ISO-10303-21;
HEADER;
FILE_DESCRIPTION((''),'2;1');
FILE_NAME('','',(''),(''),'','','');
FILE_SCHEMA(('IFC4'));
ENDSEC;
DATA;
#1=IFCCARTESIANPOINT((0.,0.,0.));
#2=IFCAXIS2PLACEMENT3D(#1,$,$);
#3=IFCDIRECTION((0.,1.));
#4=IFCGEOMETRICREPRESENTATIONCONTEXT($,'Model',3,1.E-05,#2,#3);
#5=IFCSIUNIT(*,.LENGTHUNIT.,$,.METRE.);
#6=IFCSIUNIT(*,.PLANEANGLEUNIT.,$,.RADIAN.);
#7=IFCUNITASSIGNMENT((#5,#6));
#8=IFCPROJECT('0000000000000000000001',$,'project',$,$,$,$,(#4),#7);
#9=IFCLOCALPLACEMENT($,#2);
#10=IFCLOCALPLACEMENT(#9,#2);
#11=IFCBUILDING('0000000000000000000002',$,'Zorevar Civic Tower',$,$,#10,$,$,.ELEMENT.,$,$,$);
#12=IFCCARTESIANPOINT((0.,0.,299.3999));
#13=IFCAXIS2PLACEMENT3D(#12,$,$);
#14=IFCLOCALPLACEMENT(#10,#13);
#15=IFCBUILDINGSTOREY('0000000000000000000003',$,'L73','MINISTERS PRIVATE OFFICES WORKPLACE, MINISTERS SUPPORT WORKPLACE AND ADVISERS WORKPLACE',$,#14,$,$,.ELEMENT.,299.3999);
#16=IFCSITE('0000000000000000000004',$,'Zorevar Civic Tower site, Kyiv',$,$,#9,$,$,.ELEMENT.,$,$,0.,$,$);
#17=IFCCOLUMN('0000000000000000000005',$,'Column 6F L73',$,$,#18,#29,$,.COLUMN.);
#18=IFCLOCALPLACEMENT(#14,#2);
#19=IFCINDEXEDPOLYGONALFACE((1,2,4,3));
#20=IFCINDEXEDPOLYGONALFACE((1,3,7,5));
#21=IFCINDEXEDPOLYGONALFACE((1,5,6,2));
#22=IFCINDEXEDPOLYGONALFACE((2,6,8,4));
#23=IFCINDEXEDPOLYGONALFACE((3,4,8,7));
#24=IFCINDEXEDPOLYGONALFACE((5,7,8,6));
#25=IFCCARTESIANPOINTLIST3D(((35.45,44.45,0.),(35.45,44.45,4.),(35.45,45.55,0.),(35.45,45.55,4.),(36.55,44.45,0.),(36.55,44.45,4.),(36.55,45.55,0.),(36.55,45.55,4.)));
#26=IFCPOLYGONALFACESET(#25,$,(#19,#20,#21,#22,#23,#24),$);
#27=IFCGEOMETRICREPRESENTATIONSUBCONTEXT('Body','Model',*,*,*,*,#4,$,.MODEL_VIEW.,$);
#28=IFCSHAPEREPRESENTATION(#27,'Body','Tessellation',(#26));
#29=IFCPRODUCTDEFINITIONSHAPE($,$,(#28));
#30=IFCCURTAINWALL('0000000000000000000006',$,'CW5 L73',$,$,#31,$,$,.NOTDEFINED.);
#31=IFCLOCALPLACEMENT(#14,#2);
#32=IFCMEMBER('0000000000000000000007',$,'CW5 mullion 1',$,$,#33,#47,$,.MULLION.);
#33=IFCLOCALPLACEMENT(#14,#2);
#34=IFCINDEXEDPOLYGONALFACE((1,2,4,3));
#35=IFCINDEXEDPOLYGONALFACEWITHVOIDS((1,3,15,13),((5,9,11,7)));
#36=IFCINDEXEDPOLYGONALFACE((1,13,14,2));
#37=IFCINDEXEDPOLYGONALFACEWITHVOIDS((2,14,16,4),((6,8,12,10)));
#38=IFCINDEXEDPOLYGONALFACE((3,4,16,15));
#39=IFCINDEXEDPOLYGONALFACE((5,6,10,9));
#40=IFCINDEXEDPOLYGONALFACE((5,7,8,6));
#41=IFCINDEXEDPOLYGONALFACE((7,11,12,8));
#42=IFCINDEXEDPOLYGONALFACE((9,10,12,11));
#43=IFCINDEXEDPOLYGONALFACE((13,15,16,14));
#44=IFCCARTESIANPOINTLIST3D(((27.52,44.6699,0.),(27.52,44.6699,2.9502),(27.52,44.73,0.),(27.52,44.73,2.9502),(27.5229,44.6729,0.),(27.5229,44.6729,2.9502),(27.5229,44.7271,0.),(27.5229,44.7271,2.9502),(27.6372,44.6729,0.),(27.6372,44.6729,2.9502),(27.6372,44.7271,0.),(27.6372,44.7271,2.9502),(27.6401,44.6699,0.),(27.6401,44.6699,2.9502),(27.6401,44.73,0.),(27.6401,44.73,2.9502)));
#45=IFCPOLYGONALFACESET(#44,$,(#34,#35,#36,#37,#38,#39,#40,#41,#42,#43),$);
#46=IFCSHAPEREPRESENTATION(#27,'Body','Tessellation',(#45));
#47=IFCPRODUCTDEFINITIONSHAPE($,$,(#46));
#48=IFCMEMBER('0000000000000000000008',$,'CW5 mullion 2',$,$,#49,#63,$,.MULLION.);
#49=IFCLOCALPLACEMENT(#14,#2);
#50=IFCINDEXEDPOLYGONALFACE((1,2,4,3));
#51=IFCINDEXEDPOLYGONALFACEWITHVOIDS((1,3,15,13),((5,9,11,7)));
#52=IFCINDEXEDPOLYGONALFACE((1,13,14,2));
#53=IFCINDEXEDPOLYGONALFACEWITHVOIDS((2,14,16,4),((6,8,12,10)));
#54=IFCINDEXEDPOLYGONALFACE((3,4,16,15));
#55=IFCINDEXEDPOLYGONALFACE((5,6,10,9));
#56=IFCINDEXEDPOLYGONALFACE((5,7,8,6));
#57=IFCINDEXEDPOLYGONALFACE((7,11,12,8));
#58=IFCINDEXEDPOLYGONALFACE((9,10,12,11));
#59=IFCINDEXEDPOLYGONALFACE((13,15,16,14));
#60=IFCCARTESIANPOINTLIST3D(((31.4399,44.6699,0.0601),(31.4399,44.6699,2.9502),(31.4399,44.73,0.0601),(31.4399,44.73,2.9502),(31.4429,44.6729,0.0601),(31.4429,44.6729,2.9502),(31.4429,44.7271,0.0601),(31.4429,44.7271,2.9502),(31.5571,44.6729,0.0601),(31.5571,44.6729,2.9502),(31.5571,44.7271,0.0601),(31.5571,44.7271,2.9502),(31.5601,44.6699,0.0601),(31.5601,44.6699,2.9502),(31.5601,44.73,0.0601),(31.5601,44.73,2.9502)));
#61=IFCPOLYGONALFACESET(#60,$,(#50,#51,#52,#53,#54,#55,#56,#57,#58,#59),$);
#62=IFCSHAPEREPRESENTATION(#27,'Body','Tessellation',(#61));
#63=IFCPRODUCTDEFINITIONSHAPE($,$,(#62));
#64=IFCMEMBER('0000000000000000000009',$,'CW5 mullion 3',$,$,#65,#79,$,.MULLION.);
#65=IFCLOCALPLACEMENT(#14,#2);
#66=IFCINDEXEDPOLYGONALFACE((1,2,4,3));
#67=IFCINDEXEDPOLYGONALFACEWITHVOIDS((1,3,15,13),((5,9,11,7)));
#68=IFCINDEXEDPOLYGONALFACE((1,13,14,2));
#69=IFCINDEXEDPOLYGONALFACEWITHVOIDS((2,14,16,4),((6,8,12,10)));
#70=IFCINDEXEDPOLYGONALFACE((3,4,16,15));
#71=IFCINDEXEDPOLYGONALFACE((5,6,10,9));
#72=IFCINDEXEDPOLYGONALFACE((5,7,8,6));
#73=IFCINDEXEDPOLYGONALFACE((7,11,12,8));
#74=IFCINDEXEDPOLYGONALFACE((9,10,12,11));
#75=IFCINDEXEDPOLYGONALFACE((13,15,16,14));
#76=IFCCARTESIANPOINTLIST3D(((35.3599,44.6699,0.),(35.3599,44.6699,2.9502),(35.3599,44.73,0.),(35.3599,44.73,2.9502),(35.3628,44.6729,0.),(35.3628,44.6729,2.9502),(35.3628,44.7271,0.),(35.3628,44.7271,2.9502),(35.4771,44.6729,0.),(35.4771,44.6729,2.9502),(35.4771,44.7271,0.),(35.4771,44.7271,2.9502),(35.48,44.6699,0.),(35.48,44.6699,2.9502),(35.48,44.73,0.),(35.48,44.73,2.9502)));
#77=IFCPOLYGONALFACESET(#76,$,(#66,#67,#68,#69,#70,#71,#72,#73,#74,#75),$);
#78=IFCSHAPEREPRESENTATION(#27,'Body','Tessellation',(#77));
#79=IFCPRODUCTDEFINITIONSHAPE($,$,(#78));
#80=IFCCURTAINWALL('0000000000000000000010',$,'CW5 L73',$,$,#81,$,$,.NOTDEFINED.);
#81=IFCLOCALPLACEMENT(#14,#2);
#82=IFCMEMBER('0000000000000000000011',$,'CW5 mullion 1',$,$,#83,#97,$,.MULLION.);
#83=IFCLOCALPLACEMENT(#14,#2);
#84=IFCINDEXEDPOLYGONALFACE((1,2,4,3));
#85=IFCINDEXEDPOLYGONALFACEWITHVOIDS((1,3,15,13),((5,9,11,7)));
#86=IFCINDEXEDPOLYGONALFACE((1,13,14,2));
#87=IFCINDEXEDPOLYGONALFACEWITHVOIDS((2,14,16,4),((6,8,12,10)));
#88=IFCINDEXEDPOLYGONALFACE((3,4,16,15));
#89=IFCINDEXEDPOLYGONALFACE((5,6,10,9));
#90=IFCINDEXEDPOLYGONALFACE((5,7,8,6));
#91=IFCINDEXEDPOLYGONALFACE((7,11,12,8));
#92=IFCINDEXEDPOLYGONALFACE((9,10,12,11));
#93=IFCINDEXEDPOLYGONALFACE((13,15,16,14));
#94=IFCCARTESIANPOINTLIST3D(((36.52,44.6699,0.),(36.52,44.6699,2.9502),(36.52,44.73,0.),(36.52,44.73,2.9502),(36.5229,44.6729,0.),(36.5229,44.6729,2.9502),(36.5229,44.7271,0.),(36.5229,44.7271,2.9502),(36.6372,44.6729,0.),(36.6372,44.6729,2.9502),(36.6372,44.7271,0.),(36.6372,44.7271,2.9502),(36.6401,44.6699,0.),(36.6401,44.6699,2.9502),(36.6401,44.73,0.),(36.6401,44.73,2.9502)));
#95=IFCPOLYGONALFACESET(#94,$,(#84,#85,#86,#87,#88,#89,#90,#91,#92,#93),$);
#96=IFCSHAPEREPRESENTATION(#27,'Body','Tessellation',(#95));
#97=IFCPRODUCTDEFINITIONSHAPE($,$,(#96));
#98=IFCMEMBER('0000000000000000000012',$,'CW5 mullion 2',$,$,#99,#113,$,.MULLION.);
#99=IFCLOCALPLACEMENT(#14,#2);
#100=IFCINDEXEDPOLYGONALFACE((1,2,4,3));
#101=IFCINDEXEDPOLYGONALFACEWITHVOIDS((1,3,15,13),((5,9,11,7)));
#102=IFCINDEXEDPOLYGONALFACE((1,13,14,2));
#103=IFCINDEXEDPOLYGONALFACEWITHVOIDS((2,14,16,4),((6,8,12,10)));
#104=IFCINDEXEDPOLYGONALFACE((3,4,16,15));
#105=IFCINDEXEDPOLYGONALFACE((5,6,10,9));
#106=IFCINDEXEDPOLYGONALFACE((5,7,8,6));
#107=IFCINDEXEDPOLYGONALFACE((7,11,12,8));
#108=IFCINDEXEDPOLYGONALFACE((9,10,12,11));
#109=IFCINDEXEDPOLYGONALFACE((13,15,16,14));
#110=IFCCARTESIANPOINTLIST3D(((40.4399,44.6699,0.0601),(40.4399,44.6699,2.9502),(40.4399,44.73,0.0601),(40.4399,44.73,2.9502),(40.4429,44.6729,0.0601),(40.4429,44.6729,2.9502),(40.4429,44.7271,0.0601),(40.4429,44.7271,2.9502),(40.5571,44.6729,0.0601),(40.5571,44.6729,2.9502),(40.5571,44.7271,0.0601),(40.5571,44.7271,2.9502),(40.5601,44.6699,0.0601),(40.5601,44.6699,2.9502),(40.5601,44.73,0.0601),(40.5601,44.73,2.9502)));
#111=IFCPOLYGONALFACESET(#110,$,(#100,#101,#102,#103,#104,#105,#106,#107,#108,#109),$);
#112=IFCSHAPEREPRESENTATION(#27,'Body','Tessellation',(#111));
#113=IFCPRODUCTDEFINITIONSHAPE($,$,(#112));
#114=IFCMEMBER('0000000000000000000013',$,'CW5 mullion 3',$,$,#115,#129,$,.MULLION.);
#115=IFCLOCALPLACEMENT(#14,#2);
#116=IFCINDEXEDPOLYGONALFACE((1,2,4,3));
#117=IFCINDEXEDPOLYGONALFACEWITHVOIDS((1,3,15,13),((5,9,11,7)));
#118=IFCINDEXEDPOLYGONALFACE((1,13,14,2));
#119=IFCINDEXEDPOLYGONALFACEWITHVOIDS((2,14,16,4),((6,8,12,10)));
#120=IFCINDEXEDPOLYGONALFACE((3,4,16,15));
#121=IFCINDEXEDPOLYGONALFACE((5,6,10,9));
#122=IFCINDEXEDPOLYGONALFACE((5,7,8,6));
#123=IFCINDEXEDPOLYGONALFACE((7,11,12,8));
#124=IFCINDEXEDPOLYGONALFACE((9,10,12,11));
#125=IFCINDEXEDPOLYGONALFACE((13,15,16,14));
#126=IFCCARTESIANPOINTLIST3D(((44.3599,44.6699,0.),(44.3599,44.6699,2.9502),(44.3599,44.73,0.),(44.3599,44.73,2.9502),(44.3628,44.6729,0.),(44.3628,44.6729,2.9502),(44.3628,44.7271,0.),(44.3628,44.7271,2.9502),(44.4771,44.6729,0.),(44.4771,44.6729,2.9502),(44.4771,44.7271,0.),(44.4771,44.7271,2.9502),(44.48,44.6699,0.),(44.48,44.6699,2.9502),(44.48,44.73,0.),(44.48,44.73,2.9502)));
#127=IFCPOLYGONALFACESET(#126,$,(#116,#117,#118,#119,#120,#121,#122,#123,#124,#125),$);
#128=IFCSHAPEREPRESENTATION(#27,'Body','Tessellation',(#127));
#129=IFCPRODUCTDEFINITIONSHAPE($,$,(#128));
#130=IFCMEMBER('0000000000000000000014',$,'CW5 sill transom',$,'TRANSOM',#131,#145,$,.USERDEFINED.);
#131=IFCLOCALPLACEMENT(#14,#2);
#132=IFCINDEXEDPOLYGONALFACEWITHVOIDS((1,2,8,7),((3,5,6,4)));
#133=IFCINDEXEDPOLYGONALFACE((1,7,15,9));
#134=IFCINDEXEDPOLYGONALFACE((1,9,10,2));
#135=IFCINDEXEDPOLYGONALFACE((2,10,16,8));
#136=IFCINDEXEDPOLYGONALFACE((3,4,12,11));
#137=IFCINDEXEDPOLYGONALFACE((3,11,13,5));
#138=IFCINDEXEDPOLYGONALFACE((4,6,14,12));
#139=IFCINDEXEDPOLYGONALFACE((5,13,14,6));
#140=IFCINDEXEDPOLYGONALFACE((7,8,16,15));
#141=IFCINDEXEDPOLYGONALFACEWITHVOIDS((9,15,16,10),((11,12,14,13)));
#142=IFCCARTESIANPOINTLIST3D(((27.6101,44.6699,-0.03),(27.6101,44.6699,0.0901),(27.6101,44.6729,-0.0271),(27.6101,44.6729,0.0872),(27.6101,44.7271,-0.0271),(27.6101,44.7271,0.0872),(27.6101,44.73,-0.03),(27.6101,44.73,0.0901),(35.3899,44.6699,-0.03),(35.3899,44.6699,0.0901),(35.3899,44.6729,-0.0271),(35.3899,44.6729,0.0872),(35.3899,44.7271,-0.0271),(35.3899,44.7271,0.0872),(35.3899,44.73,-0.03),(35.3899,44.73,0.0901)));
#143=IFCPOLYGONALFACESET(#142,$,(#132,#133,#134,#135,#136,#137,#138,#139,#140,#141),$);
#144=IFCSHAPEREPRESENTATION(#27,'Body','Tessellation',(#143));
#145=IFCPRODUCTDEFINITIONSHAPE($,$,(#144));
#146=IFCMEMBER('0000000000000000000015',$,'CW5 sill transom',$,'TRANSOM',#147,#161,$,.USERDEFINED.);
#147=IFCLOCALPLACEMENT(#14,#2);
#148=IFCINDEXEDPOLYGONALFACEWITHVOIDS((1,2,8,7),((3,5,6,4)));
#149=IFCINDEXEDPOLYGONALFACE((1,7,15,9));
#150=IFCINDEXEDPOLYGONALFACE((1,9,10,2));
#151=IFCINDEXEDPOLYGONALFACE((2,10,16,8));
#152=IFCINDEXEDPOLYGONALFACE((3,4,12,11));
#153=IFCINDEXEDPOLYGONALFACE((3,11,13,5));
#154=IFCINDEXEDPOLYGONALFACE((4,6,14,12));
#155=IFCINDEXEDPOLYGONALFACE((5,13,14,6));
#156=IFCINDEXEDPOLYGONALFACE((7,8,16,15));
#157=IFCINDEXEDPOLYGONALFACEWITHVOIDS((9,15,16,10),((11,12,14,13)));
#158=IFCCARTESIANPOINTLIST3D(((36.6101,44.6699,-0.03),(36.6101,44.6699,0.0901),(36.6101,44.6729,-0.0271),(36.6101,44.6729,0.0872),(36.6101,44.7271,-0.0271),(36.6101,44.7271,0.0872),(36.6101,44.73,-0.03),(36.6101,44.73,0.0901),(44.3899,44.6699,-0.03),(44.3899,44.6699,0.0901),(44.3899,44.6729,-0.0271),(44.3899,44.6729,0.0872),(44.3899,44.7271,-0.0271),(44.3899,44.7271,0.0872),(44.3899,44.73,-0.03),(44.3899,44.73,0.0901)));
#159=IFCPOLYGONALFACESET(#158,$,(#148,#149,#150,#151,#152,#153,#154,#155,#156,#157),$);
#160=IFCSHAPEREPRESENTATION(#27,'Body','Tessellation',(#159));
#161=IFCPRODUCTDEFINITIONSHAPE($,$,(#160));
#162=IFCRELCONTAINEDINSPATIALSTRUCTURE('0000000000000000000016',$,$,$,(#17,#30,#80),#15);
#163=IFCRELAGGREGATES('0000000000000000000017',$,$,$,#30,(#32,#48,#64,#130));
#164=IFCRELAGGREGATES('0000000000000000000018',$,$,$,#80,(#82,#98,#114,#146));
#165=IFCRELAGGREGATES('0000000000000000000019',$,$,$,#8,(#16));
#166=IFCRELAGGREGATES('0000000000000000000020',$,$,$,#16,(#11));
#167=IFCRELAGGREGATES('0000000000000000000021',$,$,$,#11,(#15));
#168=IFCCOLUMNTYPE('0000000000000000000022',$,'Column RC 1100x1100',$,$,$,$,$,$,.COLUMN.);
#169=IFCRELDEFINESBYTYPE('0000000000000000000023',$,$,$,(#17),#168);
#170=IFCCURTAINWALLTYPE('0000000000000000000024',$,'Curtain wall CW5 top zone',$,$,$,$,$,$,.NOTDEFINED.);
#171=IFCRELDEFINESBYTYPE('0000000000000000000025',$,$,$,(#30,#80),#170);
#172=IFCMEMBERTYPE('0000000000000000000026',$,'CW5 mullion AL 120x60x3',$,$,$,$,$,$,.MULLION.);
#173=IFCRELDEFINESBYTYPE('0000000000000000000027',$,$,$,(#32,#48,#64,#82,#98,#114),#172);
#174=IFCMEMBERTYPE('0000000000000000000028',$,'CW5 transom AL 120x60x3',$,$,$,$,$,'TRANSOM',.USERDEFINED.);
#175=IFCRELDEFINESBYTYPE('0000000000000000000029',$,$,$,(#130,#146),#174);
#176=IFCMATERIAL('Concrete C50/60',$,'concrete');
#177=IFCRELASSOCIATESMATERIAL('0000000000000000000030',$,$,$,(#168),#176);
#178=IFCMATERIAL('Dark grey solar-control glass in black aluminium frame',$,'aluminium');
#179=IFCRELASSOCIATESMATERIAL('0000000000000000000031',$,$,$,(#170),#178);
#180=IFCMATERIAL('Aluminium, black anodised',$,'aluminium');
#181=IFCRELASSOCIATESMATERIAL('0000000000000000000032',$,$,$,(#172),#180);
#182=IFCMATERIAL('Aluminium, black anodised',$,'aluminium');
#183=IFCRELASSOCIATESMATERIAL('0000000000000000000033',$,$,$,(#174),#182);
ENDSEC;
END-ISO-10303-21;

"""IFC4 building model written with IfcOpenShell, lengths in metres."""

from ifc_helpers import new_model, si_unit, direction, frame, origin, origin_2d, place, context, subcontext, project, spatial, rectangle, hollow_rectangle, extrude, material, material_profile, profile_set, type_object, element, aggregate, save


model = new_model("IFC4")

# Units and contexts
model_context = context("Model", 3, precision=1e-05, world=origin(), true_north=direction((0.0, 1.0)))
body_context = subcontext(model_context, "Body", "Model", "MODEL_VIEW")
ifc_project = project(units=[si_unit("LENGTHUNIT", "METRE"), si_unit("PLANEANGLEUNIT", "RADIAN")], contexts=[model_context])

# Site, building, storey
site_placement = place(None, origin())
site = spatial("IfcSite", under=ifc_project, at=site_placement, Name="Zorevar Civic Tower site, Kyiv", CompositionType="ELEMENT", RefElevation=0.0)
building_placement = place(site_placement, origin())
building = spatial("IfcBuilding", under=site, at=building_placement, Name="Zorevar Civic Tower", CompositionType="ELEMENT")
storey_placement = place(building_placement, frame((0.0, 0.0, 299.3999)))
storey = spatial("IfcBuildingStorey", under=building, at=storey_placement, Name="L73", Description="MINISTERS PRIVATE OFFICES WORKPLACE, MINISTERS SUPPORT WORKPLACE AND ADVISERS WORKPLACE", CompositionType="ELEMENT", Elevation=299.3999)

# Column
ifc_material_1 = material(Name="Concrete C50/60", Category="concrete")
ifc_material_profile_1 = material_profile(ifc_material_1, rectangle(XDim=1.1001, YDim=1.1001, at=origin_2d()), Name="RC 1100x1100")
ifc_profile_set_1 = profile_set([ifc_material_profile_1], Name="Concrete C50/60")
column_type = type_object("IfcColumnType", Name="Column RC 1100x1100", PredefinedType="COLUMN", material=ifc_profile_set_1)
column_placement = place(storey_placement, frame((36.0, 45.0, 0.0), z_axis=(0.0, 0.0, 1.0), x_axis=(1.0, 0.0, 0.0)))
element("IfcColumn", 1, at=column_placement, inside=storey, type_object=column_type, Name="Column 6F L73", PredefinedType="COLUMN", context=body_context, shape_type="SweptSolid", body=[
    extrude(rectangle(XDim=1.1001, YDim=1.1001, at=origin_2d()), origin(), (0.0, 0.0, 1.0), 4.0),
])

# Curtain walls, members
ifc_material_2 = material(Name="Dark grey solar-control glass in black aluminium frame", Category="aluminium")
curtain_wall_type = type_object("IfcCurtainWallType", Name="Curtain wall CW5 top zone", PredefinedType="NOTDEFINED", material=ifc_material_2)
curtain_wall_1_placement = place(storey_placement, origin())
curtain_wall_1 = element("IfcCurtainWall", 2, at=curtain_wall_1_placement, inside=storey, type_object=curtain_wall_type, Name="CW5 L73", PredefinedType="NOTDEFINED")
ifc_material_3 = material(Name="Aluminium, black anodised", Category="aluminium")
ifc_material_profile_2 = material_profile(ifc_material_3, hollow_rectangle(XDim=0.0601, YDim=0.1201, WallThickness=0.0029, at=origin_2d()), Name="AL 120x60x3")
ifc_profile_set_2 = profile_set([ifc_material_profile_2], Name="Aluminium, black anodised")
member_type_1 = type_object("IfcMemberType", Name="CW5 mullion AL 120x60x3", PredefinedType="MULLION", material=ifc_profile_set_2)
member_1_placement = place(storey_placement, frame((27.5801, 44.7, 0.0), z_axis=(0.0, 0.0, 1.0), x_axis=(0.0, 1.0, 0.0)))
member_1 = element("IfcMember", 3, at=member_1_placement, type_object=member_type_1, Name="CW5 mullion 1", PredefinedType="MULLION", context=body_context, shape_type="SweptSolid", body=[
    extrude(hollow_rectangle(XDim=0.0601, YDim=0.1201, WallThickness=0.0029, at=origin_2d()), origin(), (0.0, 0.0, 1.0), 2.9502),
])
member_2_placement = place(storey_placement, frame((31.5, 44.7, 0.0601), z_axis=(0.0, 0.0, 1.0), x_axis=(0.0, 1.0, 0.0)))
member_2 = element("IfcMember", 4, at=member_2_placement, type_object=member_type_1, Name="CW5 mullion 2", PredefinedType="MULLION", context=body_context, shape_type="SweptSolid", body=[
    extrude(hollow_rectangle(XDim=0.0601, YDim=0.1201, WallThickness=0.0029, at=origin_2d()), origin(), (0.0, 0.0, 1.0), 2.8901),
])
member_3_placement = place(storey_placement, frame((35.4199, 44.7, 0.0), z_axis=(0.0, 0.0, 1.0), x_axis=(0.0, 1.0, 0.0)))
member_3 = element("IfcMember", 5, at=member_3_placement, type_object=member_type_1, Name="CW5 mullion 3", PredefinedType="MULLION", context=body_context, shape_type="SweptSolid", body=[
    extrude(hollow_rectangle(XDim=0.0601, YDim=0.1201, WallThickness=0.0029, at=origin_2d()), origin(), (0.0, 0.0, 1.0), 2.9502),
])
curtain_wall_2_placement = place(storey_placement, origin())
curtain_wall_2 = element("IfcCurtainWall", 6, at=curtain_wall_2_placement, inside=storey, type_object=curtain_wall_type, Name="CW5 L73", PredefinedType="NOTDEFINED")
member_4_placement = place(storey_placement, frame((36.5801, 44.7, 0.0), z_axis=(0.0, 0.0, 1.0), x_axis=(0.0, 1.0, 0.0)))
member_4 = element("IfcMember", 7, at=member_4_placement, type_object=member_type_1, Name="CW5 mullion 1", PredefinedType="MULLION", context=body_context, shape_type="SweptSolid", body=[
    extrude(hollow_rectangle(XDim=0.0601, YDim=0.1201, WallThickness=0.0029, at=origin_2d()), origin(), (0.0, 0.0, 1.0), 2.9502),
])
member_5_placement = place(storey_placement, frame((40.5, 44.7, 0.0601), z_axis=(0.0, 0.0, 1.0), x_axis=(0.0, 1.0, 0.0)))
member_5 = element("IfcMember", 8, at=member_5_placement, type_object=member_type_1, Name="CW5 mullion 2", PredefinedType="MULLION", context=body_context, shape_type="SweptSolid", body=[
    extrude(hollow_rectangle(XDim=0.0601, YDim=0.1201, WallThickness=0.0029, at=origin_2d()), origin(), (0.0, 0.0, 1.0), 2.8901),
])
member_6_placement = place(storey_placement, frame((44.4199, 44.7, 0.0), z_axis=(0.0, 0.0, 1.0), x_axis=(0.0, 1.0, 0.0)))
member_6 = element("IfcMember", 9, at=member_6_placement, type_object=member_type_1, Name="CW5 mullion 3", PredefinedType="MULLION", context=body_context, shape_type="SweptSolid", body=[
    extrude(hollow_rectangle(XDim=0.0601, YDim=0.1201, WallThickness=0.0029, at=origin_2d()), origin(), (0.0, 0.0, 1.0), 2.9502),
])

# Members
ifc_material_4 = material(Name="Aluminium, black anodised", Category="aluminium")
ifc_material_profile_3 = material_profile(ifc_material_4, hollow_rectangle(XDim=0.0601, YDim=0.1201, WallThickness=0.0029, at=origin_2d()), Name="AL 120x60x3")
ifc_profile_set_3 = profile_set([ifc_material_profile_3], Name="Aluminium, black anodised")
member_type_2 = type_object("IfcMemberType", Name="CW5 transom AL 120x60x3", ElementType="TRANSOM", PredefinedType="USERDEFINED", material=ifc_profile_set_3)
member_7_placement = place(storey_placement, frame((27.6101, 44.7, 0.03), z_axis=(1.0, 0.0, 0.0), x_axis=(0.0, 1.0, 0.0)))
member_7 = element("IfcMember", 10, at=member_7_placement, type_object=member_type_2, Name="CW5 sill transom", ObjectType="TRANSOM", PredefinedType="USERDEFINED", context=body_context, shape_type="SweptSolid", body=[
    extrude(hollow_rectangle(XDim=0.0601, YDim=0.1201, WallThickness=0.0029, at=origin_2d()), origin(), (0.0, 0.0, 1.0), 7.7798),
])
member_8_placement = place(storey_placement, frame((36.6101, 44.7, 0.03), z_axis=(1.0, 0.0, 0.0), x_axis=(0.0, 1.0, 0.0)))
member_8 = element("IfcMember", 11, at=member_8_placement, type_object=member_type_2, Name="CW5 sill transom", ObjectType="TRANSOM", PredefinedType="USERDEFINED", context=body_context, shape_type="SweptSolid", body=[
    extrude(hollow_rectangle(XDim=0.0601, YDim=0.1201, WallThickness=0.0029, at=origin_2d()), origin(), (0.0, 0.0, 1.0), 7.7798),
])

aggregate(curtain_wall_1, [member_1, member_2, member_3, member_7])
aggregate(curtain_wall_2, [member_4, member_5, member_6, member_8])

save(model, "model.ifc")
